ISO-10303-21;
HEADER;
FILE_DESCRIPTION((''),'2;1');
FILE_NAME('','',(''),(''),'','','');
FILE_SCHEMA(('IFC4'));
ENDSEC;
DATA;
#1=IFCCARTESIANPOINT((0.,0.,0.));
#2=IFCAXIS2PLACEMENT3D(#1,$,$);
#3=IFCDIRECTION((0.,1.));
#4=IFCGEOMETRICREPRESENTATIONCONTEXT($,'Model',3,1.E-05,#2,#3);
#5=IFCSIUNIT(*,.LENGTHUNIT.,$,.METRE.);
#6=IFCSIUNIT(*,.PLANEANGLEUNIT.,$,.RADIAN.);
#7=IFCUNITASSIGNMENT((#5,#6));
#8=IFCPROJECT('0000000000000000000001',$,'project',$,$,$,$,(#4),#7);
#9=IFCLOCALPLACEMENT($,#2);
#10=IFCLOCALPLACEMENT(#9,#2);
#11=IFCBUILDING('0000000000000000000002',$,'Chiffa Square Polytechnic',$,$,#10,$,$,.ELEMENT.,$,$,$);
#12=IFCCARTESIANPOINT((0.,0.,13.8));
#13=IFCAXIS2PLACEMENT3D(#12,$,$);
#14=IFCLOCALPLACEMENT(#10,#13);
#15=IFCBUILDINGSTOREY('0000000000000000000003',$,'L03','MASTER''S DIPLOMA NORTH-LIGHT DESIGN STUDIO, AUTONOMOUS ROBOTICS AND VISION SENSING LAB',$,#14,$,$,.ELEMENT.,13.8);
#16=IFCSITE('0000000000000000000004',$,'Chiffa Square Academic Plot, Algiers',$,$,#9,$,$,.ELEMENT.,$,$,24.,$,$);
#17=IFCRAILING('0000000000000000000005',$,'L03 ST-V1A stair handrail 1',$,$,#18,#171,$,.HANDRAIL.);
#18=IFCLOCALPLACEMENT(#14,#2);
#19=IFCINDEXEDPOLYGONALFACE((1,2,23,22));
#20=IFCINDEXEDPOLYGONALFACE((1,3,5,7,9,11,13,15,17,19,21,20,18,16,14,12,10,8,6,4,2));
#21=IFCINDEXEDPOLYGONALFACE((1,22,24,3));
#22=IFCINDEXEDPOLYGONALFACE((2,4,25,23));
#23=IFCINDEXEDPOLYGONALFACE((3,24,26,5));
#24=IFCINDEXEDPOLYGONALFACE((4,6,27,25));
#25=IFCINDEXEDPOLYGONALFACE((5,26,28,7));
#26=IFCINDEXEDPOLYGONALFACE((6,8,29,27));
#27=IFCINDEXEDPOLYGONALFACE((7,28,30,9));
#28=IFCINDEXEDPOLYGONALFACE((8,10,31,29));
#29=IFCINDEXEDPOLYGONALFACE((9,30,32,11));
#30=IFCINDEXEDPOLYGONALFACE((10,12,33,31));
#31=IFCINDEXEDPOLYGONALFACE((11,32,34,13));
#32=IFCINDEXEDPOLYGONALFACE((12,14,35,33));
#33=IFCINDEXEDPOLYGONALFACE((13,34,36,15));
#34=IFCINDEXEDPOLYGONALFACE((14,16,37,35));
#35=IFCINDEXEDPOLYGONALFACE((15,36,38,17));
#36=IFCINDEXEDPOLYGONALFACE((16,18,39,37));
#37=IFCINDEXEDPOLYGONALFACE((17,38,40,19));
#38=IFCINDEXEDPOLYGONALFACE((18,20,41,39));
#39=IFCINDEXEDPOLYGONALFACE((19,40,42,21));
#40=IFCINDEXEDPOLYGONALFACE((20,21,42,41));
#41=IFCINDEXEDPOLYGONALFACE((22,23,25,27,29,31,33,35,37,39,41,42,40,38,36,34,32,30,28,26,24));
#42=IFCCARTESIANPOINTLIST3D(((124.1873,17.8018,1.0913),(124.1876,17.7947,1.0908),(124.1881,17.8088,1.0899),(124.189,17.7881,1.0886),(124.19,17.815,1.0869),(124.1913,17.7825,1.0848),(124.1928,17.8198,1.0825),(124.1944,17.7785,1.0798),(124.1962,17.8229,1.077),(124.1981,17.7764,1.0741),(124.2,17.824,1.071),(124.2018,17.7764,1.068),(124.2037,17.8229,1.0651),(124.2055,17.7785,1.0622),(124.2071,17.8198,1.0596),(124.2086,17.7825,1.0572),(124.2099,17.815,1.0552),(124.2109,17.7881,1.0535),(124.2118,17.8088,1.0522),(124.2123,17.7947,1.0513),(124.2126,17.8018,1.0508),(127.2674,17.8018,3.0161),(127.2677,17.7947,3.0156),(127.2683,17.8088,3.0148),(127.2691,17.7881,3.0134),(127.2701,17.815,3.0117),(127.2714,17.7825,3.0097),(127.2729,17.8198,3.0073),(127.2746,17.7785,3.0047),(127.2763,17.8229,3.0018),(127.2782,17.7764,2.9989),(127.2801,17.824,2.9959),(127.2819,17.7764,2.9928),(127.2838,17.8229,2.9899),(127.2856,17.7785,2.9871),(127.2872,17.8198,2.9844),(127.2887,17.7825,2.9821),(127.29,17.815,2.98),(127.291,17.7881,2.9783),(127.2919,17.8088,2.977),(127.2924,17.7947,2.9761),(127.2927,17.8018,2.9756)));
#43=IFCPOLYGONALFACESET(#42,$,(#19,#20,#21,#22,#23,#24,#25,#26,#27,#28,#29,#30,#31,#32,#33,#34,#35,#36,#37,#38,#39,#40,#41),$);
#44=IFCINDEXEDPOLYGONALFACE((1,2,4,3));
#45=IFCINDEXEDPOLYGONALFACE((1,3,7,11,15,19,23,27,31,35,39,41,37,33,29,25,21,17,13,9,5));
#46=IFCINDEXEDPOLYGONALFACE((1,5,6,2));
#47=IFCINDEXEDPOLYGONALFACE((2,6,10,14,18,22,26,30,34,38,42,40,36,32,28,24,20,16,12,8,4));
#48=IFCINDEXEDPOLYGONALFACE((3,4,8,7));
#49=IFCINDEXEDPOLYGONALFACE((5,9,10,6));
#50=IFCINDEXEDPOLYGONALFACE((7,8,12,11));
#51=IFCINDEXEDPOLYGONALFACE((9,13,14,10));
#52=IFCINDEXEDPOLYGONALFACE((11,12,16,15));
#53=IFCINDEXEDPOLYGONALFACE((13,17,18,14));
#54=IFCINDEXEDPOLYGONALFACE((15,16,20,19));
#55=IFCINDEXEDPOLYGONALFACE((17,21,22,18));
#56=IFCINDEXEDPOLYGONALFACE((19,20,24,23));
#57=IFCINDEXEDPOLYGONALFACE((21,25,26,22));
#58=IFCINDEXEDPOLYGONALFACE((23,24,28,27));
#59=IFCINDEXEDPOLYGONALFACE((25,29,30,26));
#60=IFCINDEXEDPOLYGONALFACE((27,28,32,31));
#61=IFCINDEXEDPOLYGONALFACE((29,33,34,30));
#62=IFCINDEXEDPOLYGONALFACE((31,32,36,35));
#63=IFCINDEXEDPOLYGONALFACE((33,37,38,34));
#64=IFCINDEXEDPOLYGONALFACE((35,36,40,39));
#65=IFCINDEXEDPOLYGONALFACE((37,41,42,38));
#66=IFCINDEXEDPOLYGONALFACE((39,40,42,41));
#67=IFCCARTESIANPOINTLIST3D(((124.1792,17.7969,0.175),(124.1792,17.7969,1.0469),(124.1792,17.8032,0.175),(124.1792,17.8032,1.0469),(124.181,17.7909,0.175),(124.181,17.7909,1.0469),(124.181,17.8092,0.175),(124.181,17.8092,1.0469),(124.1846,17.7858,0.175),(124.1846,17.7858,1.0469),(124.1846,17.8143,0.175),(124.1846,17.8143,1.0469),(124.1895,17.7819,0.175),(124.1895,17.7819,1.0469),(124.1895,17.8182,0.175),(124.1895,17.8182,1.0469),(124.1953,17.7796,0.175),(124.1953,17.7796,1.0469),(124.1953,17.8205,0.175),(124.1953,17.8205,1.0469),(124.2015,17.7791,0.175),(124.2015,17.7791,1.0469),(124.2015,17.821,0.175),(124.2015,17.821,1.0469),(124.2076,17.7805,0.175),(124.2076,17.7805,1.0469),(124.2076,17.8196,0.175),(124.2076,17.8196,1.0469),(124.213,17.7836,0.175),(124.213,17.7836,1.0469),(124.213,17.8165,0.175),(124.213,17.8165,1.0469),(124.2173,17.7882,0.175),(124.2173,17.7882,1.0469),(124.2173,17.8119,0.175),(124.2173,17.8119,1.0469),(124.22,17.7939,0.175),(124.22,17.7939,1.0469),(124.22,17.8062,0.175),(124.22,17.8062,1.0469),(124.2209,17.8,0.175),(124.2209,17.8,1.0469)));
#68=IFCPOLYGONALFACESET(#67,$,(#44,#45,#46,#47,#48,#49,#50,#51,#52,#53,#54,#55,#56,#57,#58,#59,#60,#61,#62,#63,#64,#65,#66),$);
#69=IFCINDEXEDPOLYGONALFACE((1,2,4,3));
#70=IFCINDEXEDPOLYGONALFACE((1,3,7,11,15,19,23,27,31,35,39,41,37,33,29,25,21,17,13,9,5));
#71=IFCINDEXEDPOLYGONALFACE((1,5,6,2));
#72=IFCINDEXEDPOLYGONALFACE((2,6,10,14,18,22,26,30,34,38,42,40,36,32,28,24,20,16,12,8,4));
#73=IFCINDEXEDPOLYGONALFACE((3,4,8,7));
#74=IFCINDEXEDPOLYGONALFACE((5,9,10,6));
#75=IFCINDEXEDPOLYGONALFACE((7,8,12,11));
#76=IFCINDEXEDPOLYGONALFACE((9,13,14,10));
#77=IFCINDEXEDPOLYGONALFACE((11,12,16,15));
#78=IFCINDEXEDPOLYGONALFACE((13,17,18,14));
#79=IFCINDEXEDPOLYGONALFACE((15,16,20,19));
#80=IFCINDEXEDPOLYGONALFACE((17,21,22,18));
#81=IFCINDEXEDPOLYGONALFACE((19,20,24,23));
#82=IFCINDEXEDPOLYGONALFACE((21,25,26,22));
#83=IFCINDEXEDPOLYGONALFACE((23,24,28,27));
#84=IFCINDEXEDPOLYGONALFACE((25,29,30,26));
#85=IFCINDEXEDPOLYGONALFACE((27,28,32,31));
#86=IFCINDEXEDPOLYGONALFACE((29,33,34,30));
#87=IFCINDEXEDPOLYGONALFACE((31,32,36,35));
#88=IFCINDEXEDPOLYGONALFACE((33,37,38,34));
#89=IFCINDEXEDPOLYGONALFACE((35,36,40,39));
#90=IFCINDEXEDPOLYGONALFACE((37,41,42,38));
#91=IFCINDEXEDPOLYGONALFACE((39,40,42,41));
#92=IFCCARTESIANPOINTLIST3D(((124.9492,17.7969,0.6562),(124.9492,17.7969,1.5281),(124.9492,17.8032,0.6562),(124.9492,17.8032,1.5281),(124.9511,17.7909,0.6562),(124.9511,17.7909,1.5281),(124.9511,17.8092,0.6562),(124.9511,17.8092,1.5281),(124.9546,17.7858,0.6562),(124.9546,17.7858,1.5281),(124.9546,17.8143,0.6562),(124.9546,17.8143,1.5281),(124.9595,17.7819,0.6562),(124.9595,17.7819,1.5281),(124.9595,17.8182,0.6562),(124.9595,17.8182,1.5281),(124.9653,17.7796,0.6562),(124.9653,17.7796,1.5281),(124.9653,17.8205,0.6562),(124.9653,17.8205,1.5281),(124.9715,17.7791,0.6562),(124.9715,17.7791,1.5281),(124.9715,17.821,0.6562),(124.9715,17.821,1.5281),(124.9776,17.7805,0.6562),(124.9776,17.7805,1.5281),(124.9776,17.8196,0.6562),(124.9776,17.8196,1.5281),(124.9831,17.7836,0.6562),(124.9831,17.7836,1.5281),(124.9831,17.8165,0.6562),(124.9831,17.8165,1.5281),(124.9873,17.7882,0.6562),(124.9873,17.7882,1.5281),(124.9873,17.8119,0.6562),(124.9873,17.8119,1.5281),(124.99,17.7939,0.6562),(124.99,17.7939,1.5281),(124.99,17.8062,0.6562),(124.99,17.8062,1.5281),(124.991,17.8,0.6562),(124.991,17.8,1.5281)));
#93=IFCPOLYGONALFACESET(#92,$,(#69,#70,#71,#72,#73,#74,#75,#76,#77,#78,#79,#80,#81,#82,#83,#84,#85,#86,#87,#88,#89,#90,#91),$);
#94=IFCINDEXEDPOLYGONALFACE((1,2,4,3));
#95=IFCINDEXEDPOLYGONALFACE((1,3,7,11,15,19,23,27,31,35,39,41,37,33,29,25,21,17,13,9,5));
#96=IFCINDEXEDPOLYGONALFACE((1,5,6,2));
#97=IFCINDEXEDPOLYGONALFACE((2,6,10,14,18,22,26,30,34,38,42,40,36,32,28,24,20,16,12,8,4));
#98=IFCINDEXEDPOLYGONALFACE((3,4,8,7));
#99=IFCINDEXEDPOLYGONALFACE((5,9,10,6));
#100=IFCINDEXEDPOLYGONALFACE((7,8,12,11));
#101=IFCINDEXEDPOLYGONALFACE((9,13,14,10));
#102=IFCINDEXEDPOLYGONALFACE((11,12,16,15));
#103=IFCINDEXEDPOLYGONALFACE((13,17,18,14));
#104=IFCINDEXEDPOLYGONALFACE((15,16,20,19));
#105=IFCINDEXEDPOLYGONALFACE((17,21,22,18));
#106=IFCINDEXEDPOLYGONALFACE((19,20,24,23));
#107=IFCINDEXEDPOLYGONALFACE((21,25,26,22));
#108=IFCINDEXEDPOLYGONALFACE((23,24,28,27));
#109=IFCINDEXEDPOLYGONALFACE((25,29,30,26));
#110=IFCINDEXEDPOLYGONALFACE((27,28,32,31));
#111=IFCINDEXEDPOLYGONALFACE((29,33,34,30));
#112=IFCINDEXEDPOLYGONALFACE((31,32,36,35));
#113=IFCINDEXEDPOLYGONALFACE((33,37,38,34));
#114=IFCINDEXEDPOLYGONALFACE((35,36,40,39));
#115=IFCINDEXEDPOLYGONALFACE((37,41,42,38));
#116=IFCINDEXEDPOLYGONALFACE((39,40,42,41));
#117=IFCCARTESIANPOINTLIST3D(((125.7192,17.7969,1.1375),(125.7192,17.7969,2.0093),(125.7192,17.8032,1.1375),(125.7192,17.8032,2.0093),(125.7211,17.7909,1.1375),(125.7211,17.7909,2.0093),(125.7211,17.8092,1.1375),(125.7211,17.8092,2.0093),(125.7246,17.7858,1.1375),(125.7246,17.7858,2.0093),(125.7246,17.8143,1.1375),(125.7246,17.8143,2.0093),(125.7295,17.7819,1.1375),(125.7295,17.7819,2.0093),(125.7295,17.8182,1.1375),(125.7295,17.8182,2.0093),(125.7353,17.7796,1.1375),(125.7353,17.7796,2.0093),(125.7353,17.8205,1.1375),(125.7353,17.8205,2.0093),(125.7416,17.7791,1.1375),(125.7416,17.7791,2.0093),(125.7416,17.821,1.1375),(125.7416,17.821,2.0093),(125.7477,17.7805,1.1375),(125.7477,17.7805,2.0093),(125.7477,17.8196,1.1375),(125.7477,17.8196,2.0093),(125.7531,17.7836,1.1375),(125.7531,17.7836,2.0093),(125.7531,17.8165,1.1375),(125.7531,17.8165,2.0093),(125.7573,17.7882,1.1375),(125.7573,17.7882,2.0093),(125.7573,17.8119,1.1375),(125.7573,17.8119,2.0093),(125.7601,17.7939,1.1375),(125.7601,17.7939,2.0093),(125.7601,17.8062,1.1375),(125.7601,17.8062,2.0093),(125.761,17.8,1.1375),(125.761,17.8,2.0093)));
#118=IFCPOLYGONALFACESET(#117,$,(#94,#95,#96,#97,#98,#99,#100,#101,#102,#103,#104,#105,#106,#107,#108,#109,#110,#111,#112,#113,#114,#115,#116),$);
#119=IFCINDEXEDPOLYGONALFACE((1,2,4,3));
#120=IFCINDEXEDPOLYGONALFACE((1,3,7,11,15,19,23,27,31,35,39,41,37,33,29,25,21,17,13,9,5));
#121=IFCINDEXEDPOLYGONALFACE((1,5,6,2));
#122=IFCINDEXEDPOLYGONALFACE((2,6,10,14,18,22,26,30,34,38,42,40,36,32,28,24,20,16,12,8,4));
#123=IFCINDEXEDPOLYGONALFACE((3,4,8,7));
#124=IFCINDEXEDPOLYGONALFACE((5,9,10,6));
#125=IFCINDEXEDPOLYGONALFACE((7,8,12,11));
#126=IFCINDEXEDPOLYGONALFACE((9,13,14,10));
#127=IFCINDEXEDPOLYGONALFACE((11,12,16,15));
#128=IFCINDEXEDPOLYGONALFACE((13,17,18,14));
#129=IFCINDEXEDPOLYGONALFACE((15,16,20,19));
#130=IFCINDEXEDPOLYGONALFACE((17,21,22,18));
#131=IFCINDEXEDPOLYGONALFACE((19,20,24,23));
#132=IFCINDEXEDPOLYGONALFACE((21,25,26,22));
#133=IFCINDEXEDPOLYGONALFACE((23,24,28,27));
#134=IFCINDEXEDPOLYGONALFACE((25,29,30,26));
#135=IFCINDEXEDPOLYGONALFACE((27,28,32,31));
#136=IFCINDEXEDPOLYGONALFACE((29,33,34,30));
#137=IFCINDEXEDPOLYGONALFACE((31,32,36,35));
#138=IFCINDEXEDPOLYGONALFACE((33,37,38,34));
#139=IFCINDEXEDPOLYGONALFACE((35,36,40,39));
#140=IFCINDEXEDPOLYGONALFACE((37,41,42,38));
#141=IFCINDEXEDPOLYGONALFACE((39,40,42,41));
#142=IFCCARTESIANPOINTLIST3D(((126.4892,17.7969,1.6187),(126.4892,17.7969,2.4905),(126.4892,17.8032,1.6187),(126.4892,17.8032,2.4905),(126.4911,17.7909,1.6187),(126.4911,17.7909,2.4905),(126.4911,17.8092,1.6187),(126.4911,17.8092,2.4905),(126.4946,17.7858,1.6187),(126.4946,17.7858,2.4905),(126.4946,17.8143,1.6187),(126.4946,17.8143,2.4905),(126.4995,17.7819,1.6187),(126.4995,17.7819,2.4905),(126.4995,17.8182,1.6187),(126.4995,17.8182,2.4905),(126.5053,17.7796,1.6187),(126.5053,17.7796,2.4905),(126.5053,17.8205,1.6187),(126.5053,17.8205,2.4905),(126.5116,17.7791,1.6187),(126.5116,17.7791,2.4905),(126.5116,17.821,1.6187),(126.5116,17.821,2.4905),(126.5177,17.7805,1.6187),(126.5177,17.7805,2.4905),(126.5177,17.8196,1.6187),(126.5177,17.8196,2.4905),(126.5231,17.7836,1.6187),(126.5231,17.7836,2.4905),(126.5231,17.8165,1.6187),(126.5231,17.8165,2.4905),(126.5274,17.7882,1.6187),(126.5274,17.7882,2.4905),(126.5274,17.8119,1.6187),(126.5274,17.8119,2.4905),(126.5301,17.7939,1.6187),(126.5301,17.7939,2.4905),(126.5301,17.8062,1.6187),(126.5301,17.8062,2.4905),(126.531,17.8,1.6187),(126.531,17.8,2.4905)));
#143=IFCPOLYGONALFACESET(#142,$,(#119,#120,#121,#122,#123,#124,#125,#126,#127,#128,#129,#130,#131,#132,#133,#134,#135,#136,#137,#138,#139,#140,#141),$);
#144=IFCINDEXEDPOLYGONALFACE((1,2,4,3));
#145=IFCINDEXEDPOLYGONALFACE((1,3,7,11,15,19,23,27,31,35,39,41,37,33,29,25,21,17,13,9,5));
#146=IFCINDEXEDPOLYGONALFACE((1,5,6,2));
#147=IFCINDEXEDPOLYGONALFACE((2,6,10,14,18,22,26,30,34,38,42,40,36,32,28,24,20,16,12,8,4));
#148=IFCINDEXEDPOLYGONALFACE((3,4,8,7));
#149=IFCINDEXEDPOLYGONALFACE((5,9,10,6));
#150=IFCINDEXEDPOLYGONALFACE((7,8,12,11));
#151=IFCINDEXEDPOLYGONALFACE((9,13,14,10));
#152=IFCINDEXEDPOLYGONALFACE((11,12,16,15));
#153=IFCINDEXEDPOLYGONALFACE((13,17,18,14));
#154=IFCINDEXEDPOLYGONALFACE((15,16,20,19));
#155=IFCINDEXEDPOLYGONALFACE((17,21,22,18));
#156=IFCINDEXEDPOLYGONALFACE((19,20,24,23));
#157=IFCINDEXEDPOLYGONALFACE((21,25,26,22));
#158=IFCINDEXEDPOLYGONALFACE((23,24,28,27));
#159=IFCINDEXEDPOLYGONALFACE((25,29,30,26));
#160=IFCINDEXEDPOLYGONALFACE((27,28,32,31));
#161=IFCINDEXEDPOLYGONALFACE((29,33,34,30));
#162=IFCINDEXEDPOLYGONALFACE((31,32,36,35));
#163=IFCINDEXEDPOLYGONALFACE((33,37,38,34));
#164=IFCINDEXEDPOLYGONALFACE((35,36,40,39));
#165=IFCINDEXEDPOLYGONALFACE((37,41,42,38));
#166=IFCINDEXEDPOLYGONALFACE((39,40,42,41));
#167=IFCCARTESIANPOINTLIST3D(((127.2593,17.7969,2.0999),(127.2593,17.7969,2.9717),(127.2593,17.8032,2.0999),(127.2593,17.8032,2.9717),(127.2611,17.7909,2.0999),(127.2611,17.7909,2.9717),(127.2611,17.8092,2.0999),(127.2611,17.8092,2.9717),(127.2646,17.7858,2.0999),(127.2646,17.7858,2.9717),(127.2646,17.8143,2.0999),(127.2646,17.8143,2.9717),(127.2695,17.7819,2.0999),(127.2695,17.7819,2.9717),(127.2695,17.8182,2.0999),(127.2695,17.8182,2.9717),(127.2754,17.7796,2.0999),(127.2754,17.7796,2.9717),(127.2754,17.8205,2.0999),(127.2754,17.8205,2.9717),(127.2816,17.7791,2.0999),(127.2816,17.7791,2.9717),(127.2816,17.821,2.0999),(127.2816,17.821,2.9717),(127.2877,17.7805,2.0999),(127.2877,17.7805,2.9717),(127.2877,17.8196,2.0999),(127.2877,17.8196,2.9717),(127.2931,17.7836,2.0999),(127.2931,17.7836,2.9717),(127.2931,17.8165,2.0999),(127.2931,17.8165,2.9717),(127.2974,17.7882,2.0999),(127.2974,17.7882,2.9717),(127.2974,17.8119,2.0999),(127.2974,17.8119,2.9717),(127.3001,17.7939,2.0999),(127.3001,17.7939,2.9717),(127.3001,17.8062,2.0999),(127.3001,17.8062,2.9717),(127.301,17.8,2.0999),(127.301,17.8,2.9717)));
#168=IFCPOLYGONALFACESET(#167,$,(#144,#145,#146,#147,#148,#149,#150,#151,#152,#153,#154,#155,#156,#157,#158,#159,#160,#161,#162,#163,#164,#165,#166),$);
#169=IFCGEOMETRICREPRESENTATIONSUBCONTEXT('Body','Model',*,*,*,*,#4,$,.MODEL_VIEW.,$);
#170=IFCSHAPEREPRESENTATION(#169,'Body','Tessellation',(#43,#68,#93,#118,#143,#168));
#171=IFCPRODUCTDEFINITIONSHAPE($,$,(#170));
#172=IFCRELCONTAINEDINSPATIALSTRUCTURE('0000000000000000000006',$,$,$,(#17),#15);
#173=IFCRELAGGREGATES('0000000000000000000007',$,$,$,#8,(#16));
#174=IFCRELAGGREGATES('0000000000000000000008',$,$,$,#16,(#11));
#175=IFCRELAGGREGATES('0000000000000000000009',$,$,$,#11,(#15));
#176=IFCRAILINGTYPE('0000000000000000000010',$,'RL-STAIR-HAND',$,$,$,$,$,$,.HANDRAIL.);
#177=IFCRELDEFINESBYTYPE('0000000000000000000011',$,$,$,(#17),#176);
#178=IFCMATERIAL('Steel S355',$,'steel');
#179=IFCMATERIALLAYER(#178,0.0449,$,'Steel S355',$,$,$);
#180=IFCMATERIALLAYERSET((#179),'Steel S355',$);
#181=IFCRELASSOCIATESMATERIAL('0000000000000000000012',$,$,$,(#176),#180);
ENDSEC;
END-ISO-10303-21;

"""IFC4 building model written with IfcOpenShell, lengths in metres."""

from ifc_helpers import new_model, si_unit, direction, frame, origin, origin_2d, place, context, subcontext, project, spatial, circle, extrude, material, layer, layer_set, type_object, element, save


model = new_model("IFC4")

# Units and contexts
model_context = context("Model", 3, precision=1e-05, world=origin(), true_north=direction((0.0, 1.0)))
body_context = subcontext(model_context, "Body", "Model", "MODEL_VIEW")
ifc_project = project(units=[si_unit("LENGTHUNIT", "METRE"), si_unit("PLANEANGLEUNIT", "RADIAN")], contexts=[model_context])

# Site, building, storey
site_placement = place(None, origin())
site = spatial("IfcSite", under=ifc_project, at=site_placement, Name="Chiffa Square Academic Plot, Algiers", CompositionType="ELEMENT", RefElevation=24.0)
building_placement = place(site_placement, origin())
building = spatial("IfcBuilding", under=site, at=building_placement, Name="Chiffa Square Polytechnic", CompositionType="ELEMENT")
storey_placement = place(building_placement, frame((0.0, 0.0, 13.8)))
storey = spatial("IfcBuildingStorey", under=building, at=storey_placement, Name="L03", Description="MASTER'S DIPLOMA NORTH-LIGHT DESIGN STUDIO, AUTONOMOUS ROBOTICS AND VISION SENSING LAB", CompositionType="ELEMENT", Elevation=13.8)

# Railing
ifc_material_1 = material(Name="Steel S355", Category="steel")
ifc_layer_1 = layer(ifc_material_1, 0.0449, Name="Steel S355")
ifc_layer_set_1 = layer_set([ifc_layer_1], Name="Steel S355")
railing_type = type_object("IfcRailingType", Name="RL-STAIR-HAND", PredefinedType="HANDRAIL", material=ifc_layer_set_1)
railing_placement = place(storey_placement, frame((124.2, 17.8, 0.175)))
element("IfcRailing", 1, at=railing_placement, inside=storey, type_object=railing_type, Name="L03 ST-V1A stair handrail 1", PredefinedType="HANDRAIL", context=body_context, shape_type="SweptSolid", body=[
    extrude(circle(Radius=0.0239, at=origin_2d()), frame((0.0, 0.0, 0.896), z_axis=(0.848029, 0.0, 0.529951), x_axis=(0.0, 1.0, 0.0)), (0.0, 0.0, 1.0), 3.6321),
    extrude(circle(Radius=0.021, at=origin_2d()), origin(), (0.0, 0.0, 1.0), 0.8718),
    extrude(circle(Radius=0.021, at=origin_2d()), frame((0.77, 0.0, 0.4812)), (0.0, 0.0, 1.0), 0.8718),
    extrude(circle(Radius=0.021, at=origin_2d()), frame((1.54, 0.0, 0.9624)), (0.0, 0.0, 1.0), 0.8718),
    extrude(circle(Radius=0.021, at=origin_2d()), frame((2.3101, 0.0, 1.4436)), (0.0, 0.0, 1.0), 0.8718),
    extrude(circle(Radius=0.021, at=origin_2d()), frame((3.0801, 0.0, 1.9248)), (0.0, 0.0, 1.0), 0.8718),
])

save(model, "model.ifc")
